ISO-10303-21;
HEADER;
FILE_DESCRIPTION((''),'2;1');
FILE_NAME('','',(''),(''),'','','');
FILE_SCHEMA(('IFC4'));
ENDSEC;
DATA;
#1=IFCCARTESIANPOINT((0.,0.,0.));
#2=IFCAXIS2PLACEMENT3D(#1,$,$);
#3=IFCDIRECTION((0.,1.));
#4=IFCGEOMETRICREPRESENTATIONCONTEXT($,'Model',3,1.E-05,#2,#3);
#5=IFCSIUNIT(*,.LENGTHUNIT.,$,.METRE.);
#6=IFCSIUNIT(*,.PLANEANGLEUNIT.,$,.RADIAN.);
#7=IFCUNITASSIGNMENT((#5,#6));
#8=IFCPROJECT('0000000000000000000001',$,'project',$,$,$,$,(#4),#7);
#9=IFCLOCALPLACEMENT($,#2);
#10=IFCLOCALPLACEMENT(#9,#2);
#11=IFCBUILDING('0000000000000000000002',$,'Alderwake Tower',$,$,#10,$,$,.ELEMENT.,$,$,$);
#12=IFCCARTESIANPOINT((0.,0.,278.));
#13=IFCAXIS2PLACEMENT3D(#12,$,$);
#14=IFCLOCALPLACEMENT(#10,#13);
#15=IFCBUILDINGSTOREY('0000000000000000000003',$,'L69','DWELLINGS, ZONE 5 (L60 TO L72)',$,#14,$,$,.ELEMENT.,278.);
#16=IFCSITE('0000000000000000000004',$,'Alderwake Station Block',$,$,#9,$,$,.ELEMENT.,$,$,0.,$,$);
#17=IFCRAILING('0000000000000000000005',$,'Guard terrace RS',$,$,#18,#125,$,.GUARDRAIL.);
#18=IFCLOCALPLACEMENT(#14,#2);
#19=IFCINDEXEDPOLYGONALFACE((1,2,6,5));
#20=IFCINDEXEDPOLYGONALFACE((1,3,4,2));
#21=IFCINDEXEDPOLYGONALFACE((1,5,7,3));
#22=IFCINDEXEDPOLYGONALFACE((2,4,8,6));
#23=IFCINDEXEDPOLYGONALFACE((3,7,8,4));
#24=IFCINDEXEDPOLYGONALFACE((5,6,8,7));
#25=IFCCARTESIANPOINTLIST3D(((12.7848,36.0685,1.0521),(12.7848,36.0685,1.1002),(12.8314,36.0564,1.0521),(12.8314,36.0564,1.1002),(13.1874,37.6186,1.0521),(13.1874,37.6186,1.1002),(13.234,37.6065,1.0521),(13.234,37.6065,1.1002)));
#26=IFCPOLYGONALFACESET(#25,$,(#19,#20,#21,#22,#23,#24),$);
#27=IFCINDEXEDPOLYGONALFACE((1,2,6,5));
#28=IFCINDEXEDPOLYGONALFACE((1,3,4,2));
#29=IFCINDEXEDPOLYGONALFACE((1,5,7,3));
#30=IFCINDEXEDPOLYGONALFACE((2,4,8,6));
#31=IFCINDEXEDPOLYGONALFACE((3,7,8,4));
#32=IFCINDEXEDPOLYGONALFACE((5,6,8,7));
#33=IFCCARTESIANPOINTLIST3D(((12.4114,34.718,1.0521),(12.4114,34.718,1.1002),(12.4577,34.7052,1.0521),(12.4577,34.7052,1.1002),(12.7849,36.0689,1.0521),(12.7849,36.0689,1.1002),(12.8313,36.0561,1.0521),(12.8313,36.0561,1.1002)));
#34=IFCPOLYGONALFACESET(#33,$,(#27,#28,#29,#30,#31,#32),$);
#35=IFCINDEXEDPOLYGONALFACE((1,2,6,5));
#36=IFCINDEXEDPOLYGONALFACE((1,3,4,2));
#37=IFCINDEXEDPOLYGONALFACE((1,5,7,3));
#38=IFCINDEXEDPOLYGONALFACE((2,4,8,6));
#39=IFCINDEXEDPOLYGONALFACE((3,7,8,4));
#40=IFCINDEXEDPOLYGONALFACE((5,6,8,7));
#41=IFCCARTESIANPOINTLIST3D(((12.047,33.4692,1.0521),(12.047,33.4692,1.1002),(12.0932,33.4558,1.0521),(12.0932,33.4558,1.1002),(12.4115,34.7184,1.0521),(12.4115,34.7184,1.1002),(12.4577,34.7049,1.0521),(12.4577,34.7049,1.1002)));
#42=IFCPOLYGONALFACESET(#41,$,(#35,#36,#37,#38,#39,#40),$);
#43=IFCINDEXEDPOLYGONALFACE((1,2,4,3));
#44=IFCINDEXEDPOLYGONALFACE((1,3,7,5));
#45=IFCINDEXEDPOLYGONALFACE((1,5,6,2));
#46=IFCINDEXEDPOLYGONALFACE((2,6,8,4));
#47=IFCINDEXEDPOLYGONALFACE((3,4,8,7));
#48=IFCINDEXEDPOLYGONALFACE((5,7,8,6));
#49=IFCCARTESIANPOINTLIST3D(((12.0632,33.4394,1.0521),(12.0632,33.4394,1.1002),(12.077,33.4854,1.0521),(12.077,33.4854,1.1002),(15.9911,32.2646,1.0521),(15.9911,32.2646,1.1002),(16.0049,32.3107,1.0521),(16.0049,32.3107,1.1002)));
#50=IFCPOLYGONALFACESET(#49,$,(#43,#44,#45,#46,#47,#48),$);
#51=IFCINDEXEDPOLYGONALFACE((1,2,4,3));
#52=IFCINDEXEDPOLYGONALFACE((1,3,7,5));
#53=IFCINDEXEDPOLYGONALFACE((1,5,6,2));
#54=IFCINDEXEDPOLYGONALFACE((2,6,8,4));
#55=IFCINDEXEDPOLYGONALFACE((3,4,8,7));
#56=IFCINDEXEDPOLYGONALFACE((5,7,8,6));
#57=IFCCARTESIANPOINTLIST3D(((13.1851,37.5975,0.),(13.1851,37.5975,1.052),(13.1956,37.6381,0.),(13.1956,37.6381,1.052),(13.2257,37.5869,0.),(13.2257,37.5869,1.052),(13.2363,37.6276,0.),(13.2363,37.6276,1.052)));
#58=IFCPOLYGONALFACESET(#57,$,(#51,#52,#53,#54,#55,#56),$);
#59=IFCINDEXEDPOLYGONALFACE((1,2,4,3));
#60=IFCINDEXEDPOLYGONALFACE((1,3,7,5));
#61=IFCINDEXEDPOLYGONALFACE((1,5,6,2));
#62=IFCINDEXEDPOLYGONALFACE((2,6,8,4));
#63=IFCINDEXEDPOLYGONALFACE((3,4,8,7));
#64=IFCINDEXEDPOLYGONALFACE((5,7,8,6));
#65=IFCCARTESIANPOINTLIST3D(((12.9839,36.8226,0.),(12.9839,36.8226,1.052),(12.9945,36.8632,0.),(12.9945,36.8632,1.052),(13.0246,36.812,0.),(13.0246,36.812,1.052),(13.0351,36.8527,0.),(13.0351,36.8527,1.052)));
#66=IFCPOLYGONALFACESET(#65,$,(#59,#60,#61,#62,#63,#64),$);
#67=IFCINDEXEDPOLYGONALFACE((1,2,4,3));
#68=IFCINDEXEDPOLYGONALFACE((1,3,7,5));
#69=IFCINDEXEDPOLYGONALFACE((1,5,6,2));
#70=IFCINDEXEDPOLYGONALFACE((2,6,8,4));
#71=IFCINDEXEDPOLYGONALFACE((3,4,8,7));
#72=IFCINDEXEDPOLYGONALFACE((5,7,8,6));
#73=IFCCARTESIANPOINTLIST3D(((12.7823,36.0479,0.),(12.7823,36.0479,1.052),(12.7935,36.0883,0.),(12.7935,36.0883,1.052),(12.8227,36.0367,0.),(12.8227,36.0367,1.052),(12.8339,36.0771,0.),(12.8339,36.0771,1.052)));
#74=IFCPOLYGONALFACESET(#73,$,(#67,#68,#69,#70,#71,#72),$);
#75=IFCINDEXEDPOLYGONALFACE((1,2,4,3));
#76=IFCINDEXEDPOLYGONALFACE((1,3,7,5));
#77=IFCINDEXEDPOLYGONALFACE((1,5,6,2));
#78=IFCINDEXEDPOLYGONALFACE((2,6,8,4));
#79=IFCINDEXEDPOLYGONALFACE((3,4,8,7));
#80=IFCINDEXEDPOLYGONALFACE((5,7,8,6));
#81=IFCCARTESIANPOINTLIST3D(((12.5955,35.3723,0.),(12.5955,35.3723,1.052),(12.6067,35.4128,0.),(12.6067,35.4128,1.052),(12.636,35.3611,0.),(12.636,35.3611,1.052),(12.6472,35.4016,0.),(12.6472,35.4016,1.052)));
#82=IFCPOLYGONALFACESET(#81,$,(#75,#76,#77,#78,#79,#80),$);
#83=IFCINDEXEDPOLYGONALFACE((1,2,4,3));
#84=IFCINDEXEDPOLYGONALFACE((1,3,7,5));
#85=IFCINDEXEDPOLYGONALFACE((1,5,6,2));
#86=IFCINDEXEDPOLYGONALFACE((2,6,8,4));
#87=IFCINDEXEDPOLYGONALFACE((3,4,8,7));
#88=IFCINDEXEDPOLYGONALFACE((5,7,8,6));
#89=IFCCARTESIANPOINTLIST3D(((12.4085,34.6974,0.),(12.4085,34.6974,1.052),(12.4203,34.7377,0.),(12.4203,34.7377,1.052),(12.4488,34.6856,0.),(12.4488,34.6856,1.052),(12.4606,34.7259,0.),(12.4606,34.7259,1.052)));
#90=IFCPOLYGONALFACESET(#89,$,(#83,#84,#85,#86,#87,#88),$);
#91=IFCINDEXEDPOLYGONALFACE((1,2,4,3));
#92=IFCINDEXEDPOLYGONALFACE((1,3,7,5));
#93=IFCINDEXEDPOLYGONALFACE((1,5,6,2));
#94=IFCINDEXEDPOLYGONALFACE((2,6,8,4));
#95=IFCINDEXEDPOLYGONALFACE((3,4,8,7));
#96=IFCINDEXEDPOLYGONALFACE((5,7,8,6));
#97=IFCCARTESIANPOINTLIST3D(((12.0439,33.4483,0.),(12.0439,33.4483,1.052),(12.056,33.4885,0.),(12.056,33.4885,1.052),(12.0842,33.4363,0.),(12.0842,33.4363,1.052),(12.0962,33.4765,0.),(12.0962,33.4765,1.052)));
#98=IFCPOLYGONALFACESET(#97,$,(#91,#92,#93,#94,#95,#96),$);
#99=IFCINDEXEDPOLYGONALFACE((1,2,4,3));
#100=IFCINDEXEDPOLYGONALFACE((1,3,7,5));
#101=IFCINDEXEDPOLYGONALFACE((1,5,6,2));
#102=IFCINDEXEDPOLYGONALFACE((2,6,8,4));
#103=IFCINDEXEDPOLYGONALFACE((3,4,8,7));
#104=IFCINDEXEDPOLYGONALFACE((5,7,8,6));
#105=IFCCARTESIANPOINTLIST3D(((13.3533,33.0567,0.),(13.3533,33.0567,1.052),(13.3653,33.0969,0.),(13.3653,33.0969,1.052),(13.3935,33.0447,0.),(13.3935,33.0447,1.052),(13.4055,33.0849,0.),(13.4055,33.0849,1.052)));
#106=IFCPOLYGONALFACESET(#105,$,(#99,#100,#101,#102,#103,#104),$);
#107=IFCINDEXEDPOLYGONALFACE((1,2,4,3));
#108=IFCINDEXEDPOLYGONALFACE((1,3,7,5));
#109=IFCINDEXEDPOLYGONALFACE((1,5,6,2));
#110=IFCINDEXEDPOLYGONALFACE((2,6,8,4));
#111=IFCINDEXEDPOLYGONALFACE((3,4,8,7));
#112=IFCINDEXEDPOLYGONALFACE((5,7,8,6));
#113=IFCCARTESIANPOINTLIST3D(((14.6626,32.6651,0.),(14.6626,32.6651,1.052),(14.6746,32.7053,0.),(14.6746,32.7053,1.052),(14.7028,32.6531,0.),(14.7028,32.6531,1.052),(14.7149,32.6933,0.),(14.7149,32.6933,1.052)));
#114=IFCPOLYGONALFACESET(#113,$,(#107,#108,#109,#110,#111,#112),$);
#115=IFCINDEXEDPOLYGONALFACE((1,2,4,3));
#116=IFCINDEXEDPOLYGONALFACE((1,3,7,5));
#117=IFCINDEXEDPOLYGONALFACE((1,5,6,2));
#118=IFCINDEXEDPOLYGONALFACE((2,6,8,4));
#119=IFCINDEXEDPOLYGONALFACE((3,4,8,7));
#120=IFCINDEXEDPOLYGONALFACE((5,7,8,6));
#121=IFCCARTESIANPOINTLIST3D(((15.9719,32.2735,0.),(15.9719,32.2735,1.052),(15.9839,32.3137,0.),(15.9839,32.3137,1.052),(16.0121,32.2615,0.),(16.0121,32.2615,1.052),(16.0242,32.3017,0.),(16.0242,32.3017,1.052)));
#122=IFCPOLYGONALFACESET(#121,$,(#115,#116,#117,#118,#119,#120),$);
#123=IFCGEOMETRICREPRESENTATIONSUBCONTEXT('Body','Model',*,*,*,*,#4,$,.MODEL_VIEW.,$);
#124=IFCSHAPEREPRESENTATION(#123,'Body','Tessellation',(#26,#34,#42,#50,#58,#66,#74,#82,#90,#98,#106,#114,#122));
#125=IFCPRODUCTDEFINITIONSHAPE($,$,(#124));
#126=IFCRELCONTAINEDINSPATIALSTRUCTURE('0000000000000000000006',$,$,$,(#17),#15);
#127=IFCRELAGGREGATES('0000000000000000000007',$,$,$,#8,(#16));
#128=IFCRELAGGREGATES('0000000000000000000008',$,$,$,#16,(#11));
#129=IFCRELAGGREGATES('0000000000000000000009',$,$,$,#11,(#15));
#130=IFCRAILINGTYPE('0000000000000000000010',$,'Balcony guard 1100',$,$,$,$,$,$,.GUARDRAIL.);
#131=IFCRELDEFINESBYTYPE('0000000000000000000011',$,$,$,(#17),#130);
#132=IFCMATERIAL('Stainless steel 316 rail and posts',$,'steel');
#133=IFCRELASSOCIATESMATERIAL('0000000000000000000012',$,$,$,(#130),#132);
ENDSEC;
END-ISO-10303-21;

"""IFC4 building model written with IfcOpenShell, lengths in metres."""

from ifc_helpers import new_model, si_unit, direction, frame, origin, origin_2d, place, context, subcontext, project, spatial, rectangle, extrude, material, type_object, element, save


model = new_model("IFC4")

# Units and contexts
model_context = context("Model", 3, precision=1e-05, world=origin(), true_north=direction((0.0, 1.0)))
body_context = subcontext(model_context, "Body", "Model", "MODEL_VIEW")
ifc_project = project(units=[si_unit("LENGTHUNIT", "METRE"), si_unit("PLANEANGLEUNIT", "RADIAN")], contexts=[model_context])

# Site, building, storey
site_placement = place(None, origin())
site = spatial("IfcSite", under=ifc_project, at=site_placement, Name="Alderwake Station Block", CompositionType="ELEMENT", RefElevation=0.0)
building_placement = place(site_placement, origin())
building = spatial("IfcBuilding", under=site, at=building_placement, Name="Alderwake Tower", CompositionType="ELEMENT")
storey_placement = place(building_placement, frame((0.0, 0.0, 278.0)))
storey = spatial("IfcBuildingStorey", under=building, at=storey_placement, Name="L69", Description="DWELLINGS, ZONE 5 (L60 TO L72)", CompositionType="ELEMENT", Elevation=278.0)

# Railing
ifc_material_1 = material(Name="Stainless steel 316 rail and posts", Category="steel")
railing_type = type_object("IfcRailingType", Name="Balcony guard 1100", PredefinedType="GUARDRAIL", material=ifc_material_1)
railing_placement = place(storey_placement, frame((13.2107, 37.6125, 0.0)))
element("IfcRailing", 1, at=railing_placement, inside=storey, type_object=railing_type, Name="Guard terrace RS", PredefinedType="GUARDRAIL", context=body_context, shape_type="SweptSolid", body=[
    extrude(rectangle(XDim=0.0481, YDim=0.0481, at=origin_2d()), frame((0.0, 0.0, 1.0762), z_axis=(-0.251385, -0.967887, 0.0), x_axis=(0.967887, -0.251385, 0.0)), (0.0, 0.0, 1.0), 1.6016),
    extrude(rectangle(XDim=0.0481, YDim=0.0481, at=origin_2d()), frame((-0.4026, -1.55, 1.0762), z_axis=(-0.266521, -0.963829, 0.0), x_axis=(0.963829, -0.266521, 0.0)), (0.0, 0.0, 1.0), 1.4016),
    extrude(rectangle(XDim=0.0481, YDim=0.0481, at=origin_2d()), frame((-0.7761, -2.9009, 1.0762), z_axis=(-0.280094, -0.959973, 0.0), x_axis=(0.959973, -0.280094, 0.0)), (0.0, 0.0, 1.0), 1.3013),
    extrude(rectangle(XDim=0.0481, YDim=0.0481, at=origin_2d()), frame((-1.1406, -4.1501, 1.0762), z_axis=(0.958067, -0.286545, 0.0), x_axis=(0.286545, 0.958067, 0.0)), (0.0, 0.0, 1.0), 4.0999),
    extrude(rectangle(XDim=0.042, YDim=0.042, at=origin_2d()), frame((0.0, 0.0, 0.0), z_axis=(0.0, 0.0, 1.0), x_axis=(-0.251385, -0.967887, 0.0)), (0.0, 0.0, 1.0), 1.052),
    extrude(rectangle(XDim=0.042, YDim=0.042, at=origin_2d()), frame((-0.2012, -0.7749, 0.0), z_axis=(0.0, 0.0, 1.0), x_axis=(-0.251385, -0.967887, 0.0)), (0.0, 0.0, 1.0), 1.052),
    extrude(rectangle(XDim=0.042, YDim=0.042, at=origin_2d()), frame((-0.4026, -1.55, 0.0), z_axis=(0.0, 0.0, 1.0), x_axis=(-0.266521, -0.963829, 0.0)), (0.0, 0.0, 1.0), 1.052),
    extrude(rectangle(XDim=0.042, YDim=0.042, at=origin_2d()), frame((-0.5894, -2.2256, 0.0), z_axis=(0.0, 0.0, 1.0), x_axis=(-0.266521, -0.963829, 0.0)), (0.0, 0.0, 1.0), 1.052),
    extrude(rectangle(XDim=0.042, YDim=0.042, at=origin_2d()), frame((-0.7761, -2.9009, 0.0), z_axis=(0.0, 0.0, 1.0), x_axis=(-0.280094, -0.959973, 0.0)), (0.0, 0.0, 1.0), 1.052),
    extrude(rectangle(XDim=0.042, YDim=0.042, at=origin_2d()), frame((-1.1406, -4.1501, 0.0), z_axis=(0.0, 0.0, 1.0), x_axis=(0.958067, -0.286545, 0.0)), (0.0, 0.0, 1.0), 1.052),
    extrude(rectangle(XDim=0.042, YDim=0.042, at=origin_2d()), frame((0.1687, -4.5417, 0.0), z_axis=(0.0, 0.0, 1.0), x_axis=(0.958067, -0.286545, 0.0)), (0.0, 0.0, 1.0), 1.052),
    extrude(rectangle(XDim=0.042, YDim=0.042, at=origin_2d()), frame((1.478, -4.9333, 0.0), z_axis=(0.0, 0.0, 1.0), x_axis=(0.958067, -0.286545, 0.0)), (0.0, 0.0, 1.0), 1.052),
    extrude(rectangle(XDim=0.042, YDim=0.042, at=origin_2d()), frame((2.7874, -5.325, 0.0), z_axis=(0.0, 0.0, 1.0), x_axis=(0.958067, -0.286545, 0.0)), (0.0, 0.0, 1.0), 1.052),
])

save(model, "model.ifc")
